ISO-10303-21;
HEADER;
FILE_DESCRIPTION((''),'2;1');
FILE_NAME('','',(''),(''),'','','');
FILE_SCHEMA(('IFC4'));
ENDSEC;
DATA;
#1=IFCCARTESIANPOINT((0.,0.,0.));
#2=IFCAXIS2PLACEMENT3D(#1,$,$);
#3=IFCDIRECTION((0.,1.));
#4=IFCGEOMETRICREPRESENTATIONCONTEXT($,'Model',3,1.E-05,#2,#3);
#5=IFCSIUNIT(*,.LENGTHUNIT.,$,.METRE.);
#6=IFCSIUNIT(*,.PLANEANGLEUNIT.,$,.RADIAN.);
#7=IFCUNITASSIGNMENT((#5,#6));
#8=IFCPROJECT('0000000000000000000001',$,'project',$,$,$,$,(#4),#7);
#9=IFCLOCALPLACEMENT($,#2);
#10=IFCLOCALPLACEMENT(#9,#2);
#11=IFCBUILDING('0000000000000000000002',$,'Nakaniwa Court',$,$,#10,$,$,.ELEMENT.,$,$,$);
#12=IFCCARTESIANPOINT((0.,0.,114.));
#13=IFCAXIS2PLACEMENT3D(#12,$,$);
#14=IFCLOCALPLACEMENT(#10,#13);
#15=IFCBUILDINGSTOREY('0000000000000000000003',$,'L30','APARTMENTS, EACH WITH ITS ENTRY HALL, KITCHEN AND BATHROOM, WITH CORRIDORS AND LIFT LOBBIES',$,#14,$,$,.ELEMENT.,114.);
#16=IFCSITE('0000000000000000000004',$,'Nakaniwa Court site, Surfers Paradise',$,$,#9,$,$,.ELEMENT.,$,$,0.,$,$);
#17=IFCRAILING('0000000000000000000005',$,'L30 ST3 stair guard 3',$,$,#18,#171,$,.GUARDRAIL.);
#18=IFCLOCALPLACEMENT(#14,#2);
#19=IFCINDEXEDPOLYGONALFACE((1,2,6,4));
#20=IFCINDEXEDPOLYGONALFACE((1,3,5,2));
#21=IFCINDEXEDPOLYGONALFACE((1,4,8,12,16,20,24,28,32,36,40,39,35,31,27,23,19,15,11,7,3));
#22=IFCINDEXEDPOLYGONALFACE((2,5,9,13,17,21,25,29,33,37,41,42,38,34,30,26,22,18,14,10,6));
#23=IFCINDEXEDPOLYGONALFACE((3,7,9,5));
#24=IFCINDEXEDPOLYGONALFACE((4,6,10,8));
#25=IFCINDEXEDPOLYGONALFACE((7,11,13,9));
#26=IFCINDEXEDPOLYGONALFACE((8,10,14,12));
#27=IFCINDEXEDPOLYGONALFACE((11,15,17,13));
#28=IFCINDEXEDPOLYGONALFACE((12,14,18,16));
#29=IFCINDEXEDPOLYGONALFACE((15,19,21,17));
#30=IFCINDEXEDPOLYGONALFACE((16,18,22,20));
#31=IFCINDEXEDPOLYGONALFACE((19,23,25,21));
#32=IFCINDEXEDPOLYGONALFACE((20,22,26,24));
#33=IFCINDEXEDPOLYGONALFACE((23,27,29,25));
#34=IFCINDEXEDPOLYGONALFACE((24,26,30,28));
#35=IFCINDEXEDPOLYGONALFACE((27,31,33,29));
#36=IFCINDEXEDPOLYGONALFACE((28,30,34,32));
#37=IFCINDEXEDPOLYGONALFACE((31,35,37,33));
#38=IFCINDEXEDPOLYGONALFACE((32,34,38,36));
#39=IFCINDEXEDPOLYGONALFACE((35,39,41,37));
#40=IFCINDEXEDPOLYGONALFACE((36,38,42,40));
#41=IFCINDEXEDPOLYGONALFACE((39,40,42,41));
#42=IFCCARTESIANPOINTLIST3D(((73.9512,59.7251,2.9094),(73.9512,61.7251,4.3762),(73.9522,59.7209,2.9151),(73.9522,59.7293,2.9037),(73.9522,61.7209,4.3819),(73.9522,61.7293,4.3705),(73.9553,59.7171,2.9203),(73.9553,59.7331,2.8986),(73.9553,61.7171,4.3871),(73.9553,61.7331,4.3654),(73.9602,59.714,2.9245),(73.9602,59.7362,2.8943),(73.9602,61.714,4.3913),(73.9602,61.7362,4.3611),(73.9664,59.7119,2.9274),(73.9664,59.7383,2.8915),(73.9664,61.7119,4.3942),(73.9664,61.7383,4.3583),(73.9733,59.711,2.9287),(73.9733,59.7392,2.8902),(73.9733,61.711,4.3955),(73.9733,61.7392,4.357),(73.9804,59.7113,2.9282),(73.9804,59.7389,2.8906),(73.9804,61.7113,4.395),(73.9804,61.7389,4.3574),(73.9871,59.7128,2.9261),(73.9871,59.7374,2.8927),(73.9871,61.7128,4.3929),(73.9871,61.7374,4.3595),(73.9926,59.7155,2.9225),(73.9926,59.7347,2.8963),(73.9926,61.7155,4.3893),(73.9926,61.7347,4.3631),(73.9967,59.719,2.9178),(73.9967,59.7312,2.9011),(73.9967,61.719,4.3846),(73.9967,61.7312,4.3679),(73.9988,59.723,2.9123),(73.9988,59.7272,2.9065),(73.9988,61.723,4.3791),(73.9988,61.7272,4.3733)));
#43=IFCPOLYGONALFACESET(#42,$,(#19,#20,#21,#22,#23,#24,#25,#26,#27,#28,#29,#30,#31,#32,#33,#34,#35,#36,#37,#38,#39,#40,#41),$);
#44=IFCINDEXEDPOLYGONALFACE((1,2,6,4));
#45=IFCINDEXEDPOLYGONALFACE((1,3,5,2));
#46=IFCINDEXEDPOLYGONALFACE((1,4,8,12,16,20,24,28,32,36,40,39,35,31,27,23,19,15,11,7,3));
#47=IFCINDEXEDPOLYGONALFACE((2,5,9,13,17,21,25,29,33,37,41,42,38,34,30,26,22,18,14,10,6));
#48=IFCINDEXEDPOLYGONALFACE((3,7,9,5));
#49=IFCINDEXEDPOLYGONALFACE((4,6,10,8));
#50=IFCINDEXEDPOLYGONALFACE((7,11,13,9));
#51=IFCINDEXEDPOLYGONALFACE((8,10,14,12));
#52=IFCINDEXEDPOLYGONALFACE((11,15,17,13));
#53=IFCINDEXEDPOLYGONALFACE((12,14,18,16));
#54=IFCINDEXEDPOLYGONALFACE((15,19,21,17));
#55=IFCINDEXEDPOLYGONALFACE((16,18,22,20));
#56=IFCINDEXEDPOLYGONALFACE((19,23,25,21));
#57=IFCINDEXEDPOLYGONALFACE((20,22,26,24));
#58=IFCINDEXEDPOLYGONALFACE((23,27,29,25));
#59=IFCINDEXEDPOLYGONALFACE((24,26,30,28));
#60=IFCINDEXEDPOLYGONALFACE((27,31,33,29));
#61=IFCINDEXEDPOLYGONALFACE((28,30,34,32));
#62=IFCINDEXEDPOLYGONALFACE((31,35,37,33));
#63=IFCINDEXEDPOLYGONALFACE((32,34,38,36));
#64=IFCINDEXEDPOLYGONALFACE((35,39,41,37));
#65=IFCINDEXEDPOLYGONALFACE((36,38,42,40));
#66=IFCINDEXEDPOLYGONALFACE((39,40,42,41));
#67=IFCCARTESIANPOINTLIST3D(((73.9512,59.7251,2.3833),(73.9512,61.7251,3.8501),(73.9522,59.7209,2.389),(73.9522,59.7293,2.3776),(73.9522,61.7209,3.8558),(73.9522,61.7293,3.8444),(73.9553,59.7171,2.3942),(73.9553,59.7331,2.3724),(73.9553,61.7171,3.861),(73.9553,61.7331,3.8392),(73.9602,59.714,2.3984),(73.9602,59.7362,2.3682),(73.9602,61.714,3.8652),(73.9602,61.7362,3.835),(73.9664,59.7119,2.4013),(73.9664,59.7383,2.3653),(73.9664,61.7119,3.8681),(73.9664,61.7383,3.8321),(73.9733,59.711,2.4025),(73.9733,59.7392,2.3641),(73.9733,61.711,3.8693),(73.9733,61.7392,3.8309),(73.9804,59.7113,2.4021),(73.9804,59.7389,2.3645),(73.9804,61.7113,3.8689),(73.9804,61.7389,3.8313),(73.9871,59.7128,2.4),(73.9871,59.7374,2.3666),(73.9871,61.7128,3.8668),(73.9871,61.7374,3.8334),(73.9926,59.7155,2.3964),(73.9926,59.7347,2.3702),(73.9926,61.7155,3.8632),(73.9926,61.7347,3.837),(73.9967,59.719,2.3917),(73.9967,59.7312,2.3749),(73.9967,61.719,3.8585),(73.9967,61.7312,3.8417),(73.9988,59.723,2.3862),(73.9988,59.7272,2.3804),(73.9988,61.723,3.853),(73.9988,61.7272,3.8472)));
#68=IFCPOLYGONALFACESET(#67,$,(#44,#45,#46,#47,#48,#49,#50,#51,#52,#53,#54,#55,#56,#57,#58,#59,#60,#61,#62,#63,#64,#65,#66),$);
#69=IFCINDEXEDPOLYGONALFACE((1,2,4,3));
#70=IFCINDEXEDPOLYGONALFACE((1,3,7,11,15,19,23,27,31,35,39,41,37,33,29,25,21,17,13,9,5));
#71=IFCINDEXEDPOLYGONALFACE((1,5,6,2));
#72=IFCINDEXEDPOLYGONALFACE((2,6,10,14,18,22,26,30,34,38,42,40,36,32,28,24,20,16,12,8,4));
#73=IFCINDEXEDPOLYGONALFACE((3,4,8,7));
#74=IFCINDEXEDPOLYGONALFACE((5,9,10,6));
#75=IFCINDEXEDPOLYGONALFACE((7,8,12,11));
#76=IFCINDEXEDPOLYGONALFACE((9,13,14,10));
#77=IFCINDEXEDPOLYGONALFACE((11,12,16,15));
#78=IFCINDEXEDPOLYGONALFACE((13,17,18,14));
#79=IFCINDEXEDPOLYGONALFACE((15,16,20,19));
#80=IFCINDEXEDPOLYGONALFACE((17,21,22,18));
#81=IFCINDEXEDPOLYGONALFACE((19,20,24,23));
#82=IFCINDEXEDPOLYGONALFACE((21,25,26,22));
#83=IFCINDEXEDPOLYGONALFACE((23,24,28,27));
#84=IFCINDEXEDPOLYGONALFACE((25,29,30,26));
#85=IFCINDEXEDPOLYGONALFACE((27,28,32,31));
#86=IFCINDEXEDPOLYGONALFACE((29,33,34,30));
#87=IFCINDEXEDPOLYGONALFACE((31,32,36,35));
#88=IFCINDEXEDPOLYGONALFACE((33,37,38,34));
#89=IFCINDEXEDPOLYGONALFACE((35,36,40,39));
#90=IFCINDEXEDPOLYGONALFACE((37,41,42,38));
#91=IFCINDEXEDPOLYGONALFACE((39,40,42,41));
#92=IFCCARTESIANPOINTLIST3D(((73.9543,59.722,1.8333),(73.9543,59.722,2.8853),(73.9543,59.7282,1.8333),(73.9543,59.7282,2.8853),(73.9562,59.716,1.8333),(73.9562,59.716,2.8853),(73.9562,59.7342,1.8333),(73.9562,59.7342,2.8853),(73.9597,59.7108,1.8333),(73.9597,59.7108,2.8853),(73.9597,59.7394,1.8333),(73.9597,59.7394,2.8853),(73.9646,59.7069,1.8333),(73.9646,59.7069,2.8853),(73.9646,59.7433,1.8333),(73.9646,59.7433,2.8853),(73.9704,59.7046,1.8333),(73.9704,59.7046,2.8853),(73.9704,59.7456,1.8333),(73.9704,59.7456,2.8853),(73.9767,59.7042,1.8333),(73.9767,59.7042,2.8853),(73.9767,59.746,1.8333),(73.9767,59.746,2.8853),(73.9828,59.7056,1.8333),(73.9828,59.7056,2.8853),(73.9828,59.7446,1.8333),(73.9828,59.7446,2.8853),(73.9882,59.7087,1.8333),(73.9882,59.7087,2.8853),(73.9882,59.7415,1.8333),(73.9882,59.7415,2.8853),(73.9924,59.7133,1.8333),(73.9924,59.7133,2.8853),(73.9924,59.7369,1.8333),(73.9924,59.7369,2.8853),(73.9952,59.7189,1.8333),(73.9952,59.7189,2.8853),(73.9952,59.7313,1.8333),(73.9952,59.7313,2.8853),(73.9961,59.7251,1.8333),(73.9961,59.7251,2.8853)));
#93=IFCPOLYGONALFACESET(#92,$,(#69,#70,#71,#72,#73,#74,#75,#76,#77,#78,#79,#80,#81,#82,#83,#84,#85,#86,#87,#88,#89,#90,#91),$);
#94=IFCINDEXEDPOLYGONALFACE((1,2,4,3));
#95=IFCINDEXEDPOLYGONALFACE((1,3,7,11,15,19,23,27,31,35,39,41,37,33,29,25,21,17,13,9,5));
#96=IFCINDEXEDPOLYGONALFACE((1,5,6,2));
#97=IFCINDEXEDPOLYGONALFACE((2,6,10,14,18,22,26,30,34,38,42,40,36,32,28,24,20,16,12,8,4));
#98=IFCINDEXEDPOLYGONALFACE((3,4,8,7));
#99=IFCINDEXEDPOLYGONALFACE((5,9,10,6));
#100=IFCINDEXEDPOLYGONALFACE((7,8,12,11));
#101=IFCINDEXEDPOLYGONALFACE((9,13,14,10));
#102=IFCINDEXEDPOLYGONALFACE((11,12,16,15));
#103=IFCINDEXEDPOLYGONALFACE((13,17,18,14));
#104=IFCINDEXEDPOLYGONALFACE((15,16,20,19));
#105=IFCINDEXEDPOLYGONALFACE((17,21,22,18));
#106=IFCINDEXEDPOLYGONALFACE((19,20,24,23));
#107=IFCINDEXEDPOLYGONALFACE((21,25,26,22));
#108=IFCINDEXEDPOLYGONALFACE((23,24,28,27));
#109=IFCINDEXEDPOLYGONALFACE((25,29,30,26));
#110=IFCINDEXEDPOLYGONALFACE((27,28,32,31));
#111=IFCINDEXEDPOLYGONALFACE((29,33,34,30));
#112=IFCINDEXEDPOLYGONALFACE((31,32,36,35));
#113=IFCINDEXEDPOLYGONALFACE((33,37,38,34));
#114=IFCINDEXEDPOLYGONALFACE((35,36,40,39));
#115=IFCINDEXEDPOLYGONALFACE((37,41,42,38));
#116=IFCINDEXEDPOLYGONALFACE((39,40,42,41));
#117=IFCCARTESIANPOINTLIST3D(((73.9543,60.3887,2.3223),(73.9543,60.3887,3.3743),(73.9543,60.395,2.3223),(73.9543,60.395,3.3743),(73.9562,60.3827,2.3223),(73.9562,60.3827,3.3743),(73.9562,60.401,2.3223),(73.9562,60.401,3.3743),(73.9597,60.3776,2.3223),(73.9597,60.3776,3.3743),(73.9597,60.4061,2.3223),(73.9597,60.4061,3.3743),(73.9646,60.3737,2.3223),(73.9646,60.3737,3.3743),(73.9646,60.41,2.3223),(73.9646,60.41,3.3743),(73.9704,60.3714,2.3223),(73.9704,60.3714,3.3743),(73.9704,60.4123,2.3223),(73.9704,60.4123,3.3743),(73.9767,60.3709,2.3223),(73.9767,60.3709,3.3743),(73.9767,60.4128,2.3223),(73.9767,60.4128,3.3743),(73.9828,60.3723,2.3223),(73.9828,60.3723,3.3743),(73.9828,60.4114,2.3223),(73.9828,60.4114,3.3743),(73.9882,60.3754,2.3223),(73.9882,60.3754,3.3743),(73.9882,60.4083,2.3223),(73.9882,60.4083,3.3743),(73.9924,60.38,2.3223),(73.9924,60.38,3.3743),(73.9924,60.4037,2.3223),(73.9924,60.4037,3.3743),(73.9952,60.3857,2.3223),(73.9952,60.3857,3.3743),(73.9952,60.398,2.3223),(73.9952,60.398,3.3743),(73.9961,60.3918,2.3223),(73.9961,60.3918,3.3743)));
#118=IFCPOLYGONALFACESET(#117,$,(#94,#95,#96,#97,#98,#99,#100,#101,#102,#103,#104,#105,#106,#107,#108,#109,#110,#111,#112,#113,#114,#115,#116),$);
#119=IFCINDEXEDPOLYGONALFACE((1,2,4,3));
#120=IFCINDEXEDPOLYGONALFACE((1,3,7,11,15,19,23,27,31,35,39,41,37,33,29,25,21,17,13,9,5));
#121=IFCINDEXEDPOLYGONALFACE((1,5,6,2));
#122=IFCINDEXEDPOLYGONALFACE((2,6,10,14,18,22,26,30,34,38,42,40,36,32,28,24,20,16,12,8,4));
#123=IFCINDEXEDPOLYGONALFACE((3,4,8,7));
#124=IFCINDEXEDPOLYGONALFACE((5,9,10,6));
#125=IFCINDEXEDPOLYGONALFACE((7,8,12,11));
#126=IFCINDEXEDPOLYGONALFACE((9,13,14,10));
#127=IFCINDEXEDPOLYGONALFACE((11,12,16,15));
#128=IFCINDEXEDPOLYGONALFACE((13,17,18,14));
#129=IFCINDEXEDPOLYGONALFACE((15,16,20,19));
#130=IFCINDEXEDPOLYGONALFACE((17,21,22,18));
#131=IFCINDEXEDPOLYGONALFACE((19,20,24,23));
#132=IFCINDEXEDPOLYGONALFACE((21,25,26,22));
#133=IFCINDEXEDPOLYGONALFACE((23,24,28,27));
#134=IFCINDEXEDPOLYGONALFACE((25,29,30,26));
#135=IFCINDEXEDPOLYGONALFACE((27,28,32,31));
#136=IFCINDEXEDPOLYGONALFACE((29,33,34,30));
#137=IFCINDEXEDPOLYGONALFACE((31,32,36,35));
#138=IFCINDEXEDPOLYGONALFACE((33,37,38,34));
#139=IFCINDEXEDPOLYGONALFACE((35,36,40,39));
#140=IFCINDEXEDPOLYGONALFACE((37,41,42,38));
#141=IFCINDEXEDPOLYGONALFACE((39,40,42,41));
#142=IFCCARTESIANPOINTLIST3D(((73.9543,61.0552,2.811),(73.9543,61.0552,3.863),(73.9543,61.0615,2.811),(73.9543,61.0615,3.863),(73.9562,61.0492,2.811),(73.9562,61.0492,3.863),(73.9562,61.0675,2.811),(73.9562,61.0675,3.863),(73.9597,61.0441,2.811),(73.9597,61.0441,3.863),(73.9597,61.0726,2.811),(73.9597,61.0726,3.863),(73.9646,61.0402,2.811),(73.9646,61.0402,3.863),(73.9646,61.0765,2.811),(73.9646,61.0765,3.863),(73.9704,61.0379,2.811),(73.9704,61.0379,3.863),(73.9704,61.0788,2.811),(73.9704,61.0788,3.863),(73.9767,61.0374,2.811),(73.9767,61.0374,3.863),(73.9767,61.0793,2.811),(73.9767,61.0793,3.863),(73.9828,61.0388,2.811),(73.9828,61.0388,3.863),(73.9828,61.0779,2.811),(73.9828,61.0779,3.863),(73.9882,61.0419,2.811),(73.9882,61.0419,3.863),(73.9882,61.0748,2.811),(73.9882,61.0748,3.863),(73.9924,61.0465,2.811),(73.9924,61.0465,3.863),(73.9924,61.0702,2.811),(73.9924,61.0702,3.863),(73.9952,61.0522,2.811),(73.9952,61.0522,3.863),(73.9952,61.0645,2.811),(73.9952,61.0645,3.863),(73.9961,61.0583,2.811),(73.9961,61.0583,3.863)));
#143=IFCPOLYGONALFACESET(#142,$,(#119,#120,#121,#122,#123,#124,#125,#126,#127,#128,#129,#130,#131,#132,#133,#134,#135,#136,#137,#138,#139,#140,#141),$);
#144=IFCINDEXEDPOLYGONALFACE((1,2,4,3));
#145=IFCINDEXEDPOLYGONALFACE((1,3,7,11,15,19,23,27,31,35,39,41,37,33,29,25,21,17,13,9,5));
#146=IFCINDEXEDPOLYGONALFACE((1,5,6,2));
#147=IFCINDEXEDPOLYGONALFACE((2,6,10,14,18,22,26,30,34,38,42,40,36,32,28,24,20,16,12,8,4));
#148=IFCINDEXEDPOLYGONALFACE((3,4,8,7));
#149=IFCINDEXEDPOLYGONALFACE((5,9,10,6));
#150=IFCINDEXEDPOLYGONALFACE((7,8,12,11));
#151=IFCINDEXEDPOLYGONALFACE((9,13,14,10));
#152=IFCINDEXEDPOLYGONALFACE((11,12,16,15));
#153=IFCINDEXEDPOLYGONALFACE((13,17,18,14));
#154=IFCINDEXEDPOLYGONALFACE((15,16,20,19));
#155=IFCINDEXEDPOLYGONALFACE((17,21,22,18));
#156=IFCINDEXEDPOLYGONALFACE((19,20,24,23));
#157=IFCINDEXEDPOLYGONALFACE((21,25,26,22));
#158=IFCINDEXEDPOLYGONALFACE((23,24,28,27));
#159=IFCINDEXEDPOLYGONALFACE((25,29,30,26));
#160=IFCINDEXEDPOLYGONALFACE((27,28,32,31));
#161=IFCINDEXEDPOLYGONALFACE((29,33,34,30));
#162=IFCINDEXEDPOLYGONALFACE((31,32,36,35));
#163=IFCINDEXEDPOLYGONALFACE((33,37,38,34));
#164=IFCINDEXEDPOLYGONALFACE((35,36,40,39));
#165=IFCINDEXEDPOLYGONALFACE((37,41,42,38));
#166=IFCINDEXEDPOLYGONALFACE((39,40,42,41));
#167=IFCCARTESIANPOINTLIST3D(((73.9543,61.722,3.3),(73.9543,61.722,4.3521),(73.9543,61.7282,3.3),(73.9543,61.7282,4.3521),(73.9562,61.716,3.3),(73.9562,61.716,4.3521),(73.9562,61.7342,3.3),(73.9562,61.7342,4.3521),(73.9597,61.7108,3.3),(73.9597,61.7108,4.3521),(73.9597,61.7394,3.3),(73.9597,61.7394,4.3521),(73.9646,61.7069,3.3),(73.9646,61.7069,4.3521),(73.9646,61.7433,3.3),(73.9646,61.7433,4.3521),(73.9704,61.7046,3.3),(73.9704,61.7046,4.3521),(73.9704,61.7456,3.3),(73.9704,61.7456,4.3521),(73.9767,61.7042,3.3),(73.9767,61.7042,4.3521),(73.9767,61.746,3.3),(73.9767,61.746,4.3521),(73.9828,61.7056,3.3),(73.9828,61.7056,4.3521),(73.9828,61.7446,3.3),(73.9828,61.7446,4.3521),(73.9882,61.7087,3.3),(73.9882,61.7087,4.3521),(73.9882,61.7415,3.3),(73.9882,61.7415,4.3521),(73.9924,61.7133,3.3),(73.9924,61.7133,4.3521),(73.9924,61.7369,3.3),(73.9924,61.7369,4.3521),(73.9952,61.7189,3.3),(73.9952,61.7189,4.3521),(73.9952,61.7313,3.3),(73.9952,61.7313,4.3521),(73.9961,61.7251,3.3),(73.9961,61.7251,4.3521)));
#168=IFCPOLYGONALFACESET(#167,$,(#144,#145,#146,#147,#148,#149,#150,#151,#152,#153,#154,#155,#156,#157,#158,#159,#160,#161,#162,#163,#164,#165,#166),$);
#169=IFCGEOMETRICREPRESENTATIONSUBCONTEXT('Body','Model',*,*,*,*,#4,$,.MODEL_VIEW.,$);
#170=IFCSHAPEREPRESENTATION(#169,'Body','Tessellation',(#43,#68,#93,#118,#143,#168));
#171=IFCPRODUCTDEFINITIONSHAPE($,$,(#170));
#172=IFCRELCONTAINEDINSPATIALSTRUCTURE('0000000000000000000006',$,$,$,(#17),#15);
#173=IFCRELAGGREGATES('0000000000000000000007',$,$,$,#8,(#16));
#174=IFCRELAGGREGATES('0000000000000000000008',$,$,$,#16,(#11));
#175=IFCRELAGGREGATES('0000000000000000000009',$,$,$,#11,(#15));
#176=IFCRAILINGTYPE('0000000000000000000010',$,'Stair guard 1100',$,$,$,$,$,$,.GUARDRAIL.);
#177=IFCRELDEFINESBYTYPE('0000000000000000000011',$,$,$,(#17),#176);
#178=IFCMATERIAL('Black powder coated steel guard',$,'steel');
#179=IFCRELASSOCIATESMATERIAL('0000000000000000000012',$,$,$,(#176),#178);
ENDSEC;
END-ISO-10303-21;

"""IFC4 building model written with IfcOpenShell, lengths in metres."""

from ifc_helpers import new_model, si_unit, direction, frame, origin, origin_2d, place, context, subcontext, project, spatial, circle, extrude, material, type_object, element, save


model = new_model("IFC4")

# Units and contexts
model_context = context("Model", 3, precision=1e-05, world=origin(), true_north=direction((0.0, 1.0)))
body_context = subcontext(model_context, "Body", "Model", "MODEL_VIEW")
ifc_project = project(units=[si_unit("LENGTHUNIT", "METRE"), si_unit("PLANEANGLEUNIT", "RADIAN")], contexts=[model_context])

# Site, building, storey
site_placement = place(None, origin())
site = spatial("IfcSite", under=ifc_project, at=site_placement, Name="Nakaniwa Court site, Surfers Paradise", CompositionType="ELEMENT", RefElevation=0.0)
building_placement = place(site_placement, origin())
building = spatial("IfcBuilding", under=site, at=building_placement, Name="Nakaniwa Court", CompositionType="ELEMENT")
storey_placement = place(building_placement, frame((0.0, 0.0, 114.0)))
storey = spatial("IfcBuildingStorey", under=building, at=storey_placement, Name="L30", Description="APARTMENTS, EACH WITH ITS ENTRY HALL, KITCHEN AND BATHROOM, WITH CORRIDORS AND LIFT LOBBIES", CompositionType="ELEMENT", Elevation=114.0)

# Railing
ifc_material_1 = material(Name="Black powder coated steel guard", Category="steel")
railing_type_1 = type_object("IfcRailingType", Name="Stair guard 1100", PredefinedType="GUARDRAIL", material=ifc_material_1)
railing_1_placement = place(storey_placement, frame((73.9751, 59.7251, 1.8333)))
element("IfcRailing", 1, at=railing_1_placement, inside=storey, type_object=railing_type_1, Name="L30 ST3 stair guard 3", PredefinedType="GUARDRAIL", context=body_context, shape_type="SweptSolid", body=[
    extrude(circle(Radius=0.0239, at=origin_2d()), frame((0.0, 0.0, 1.0762), z_axis=(0.0, 0.80638, 0.591398), x_axis=(-1.0, 0.0, 0.0)), (0.0, 0.0, 1.0), 2.4802),
    extrude(circle(Radius=0.0239, at=origin_2d()), frame((0.0, 0.0, 0.55), z_axis=(0.0, 0.80638, 0.591398), x_axis=(-1.0, 0.0, 0.0)), (0.0, 0.0, 1.0), 2.4802),
    extrude(circle(Radius=0.021, at=origin_2d()), origin(), (0.0, 0.0, 1.0), 1.052),
    extrude(circle(Radius=0.021, at=origin_2d()), frame((0.0, 0.6667, 0.489)), (0.0, 0.0, 1.0), 1.052),
    extrude(circle(Radius=0.021, at=origin_2d()), frame((0.0, 1.3333, 0.9778)), (0.0, 0.0, 1.0), 1.052),
    extrude(circle(Radius=0.021, at=origin_2d()), frame((0.0, 2.0, 1.4668)), (0.0, 0.0, 1.0), 1.052),
])

save(model, "model.ifc")
